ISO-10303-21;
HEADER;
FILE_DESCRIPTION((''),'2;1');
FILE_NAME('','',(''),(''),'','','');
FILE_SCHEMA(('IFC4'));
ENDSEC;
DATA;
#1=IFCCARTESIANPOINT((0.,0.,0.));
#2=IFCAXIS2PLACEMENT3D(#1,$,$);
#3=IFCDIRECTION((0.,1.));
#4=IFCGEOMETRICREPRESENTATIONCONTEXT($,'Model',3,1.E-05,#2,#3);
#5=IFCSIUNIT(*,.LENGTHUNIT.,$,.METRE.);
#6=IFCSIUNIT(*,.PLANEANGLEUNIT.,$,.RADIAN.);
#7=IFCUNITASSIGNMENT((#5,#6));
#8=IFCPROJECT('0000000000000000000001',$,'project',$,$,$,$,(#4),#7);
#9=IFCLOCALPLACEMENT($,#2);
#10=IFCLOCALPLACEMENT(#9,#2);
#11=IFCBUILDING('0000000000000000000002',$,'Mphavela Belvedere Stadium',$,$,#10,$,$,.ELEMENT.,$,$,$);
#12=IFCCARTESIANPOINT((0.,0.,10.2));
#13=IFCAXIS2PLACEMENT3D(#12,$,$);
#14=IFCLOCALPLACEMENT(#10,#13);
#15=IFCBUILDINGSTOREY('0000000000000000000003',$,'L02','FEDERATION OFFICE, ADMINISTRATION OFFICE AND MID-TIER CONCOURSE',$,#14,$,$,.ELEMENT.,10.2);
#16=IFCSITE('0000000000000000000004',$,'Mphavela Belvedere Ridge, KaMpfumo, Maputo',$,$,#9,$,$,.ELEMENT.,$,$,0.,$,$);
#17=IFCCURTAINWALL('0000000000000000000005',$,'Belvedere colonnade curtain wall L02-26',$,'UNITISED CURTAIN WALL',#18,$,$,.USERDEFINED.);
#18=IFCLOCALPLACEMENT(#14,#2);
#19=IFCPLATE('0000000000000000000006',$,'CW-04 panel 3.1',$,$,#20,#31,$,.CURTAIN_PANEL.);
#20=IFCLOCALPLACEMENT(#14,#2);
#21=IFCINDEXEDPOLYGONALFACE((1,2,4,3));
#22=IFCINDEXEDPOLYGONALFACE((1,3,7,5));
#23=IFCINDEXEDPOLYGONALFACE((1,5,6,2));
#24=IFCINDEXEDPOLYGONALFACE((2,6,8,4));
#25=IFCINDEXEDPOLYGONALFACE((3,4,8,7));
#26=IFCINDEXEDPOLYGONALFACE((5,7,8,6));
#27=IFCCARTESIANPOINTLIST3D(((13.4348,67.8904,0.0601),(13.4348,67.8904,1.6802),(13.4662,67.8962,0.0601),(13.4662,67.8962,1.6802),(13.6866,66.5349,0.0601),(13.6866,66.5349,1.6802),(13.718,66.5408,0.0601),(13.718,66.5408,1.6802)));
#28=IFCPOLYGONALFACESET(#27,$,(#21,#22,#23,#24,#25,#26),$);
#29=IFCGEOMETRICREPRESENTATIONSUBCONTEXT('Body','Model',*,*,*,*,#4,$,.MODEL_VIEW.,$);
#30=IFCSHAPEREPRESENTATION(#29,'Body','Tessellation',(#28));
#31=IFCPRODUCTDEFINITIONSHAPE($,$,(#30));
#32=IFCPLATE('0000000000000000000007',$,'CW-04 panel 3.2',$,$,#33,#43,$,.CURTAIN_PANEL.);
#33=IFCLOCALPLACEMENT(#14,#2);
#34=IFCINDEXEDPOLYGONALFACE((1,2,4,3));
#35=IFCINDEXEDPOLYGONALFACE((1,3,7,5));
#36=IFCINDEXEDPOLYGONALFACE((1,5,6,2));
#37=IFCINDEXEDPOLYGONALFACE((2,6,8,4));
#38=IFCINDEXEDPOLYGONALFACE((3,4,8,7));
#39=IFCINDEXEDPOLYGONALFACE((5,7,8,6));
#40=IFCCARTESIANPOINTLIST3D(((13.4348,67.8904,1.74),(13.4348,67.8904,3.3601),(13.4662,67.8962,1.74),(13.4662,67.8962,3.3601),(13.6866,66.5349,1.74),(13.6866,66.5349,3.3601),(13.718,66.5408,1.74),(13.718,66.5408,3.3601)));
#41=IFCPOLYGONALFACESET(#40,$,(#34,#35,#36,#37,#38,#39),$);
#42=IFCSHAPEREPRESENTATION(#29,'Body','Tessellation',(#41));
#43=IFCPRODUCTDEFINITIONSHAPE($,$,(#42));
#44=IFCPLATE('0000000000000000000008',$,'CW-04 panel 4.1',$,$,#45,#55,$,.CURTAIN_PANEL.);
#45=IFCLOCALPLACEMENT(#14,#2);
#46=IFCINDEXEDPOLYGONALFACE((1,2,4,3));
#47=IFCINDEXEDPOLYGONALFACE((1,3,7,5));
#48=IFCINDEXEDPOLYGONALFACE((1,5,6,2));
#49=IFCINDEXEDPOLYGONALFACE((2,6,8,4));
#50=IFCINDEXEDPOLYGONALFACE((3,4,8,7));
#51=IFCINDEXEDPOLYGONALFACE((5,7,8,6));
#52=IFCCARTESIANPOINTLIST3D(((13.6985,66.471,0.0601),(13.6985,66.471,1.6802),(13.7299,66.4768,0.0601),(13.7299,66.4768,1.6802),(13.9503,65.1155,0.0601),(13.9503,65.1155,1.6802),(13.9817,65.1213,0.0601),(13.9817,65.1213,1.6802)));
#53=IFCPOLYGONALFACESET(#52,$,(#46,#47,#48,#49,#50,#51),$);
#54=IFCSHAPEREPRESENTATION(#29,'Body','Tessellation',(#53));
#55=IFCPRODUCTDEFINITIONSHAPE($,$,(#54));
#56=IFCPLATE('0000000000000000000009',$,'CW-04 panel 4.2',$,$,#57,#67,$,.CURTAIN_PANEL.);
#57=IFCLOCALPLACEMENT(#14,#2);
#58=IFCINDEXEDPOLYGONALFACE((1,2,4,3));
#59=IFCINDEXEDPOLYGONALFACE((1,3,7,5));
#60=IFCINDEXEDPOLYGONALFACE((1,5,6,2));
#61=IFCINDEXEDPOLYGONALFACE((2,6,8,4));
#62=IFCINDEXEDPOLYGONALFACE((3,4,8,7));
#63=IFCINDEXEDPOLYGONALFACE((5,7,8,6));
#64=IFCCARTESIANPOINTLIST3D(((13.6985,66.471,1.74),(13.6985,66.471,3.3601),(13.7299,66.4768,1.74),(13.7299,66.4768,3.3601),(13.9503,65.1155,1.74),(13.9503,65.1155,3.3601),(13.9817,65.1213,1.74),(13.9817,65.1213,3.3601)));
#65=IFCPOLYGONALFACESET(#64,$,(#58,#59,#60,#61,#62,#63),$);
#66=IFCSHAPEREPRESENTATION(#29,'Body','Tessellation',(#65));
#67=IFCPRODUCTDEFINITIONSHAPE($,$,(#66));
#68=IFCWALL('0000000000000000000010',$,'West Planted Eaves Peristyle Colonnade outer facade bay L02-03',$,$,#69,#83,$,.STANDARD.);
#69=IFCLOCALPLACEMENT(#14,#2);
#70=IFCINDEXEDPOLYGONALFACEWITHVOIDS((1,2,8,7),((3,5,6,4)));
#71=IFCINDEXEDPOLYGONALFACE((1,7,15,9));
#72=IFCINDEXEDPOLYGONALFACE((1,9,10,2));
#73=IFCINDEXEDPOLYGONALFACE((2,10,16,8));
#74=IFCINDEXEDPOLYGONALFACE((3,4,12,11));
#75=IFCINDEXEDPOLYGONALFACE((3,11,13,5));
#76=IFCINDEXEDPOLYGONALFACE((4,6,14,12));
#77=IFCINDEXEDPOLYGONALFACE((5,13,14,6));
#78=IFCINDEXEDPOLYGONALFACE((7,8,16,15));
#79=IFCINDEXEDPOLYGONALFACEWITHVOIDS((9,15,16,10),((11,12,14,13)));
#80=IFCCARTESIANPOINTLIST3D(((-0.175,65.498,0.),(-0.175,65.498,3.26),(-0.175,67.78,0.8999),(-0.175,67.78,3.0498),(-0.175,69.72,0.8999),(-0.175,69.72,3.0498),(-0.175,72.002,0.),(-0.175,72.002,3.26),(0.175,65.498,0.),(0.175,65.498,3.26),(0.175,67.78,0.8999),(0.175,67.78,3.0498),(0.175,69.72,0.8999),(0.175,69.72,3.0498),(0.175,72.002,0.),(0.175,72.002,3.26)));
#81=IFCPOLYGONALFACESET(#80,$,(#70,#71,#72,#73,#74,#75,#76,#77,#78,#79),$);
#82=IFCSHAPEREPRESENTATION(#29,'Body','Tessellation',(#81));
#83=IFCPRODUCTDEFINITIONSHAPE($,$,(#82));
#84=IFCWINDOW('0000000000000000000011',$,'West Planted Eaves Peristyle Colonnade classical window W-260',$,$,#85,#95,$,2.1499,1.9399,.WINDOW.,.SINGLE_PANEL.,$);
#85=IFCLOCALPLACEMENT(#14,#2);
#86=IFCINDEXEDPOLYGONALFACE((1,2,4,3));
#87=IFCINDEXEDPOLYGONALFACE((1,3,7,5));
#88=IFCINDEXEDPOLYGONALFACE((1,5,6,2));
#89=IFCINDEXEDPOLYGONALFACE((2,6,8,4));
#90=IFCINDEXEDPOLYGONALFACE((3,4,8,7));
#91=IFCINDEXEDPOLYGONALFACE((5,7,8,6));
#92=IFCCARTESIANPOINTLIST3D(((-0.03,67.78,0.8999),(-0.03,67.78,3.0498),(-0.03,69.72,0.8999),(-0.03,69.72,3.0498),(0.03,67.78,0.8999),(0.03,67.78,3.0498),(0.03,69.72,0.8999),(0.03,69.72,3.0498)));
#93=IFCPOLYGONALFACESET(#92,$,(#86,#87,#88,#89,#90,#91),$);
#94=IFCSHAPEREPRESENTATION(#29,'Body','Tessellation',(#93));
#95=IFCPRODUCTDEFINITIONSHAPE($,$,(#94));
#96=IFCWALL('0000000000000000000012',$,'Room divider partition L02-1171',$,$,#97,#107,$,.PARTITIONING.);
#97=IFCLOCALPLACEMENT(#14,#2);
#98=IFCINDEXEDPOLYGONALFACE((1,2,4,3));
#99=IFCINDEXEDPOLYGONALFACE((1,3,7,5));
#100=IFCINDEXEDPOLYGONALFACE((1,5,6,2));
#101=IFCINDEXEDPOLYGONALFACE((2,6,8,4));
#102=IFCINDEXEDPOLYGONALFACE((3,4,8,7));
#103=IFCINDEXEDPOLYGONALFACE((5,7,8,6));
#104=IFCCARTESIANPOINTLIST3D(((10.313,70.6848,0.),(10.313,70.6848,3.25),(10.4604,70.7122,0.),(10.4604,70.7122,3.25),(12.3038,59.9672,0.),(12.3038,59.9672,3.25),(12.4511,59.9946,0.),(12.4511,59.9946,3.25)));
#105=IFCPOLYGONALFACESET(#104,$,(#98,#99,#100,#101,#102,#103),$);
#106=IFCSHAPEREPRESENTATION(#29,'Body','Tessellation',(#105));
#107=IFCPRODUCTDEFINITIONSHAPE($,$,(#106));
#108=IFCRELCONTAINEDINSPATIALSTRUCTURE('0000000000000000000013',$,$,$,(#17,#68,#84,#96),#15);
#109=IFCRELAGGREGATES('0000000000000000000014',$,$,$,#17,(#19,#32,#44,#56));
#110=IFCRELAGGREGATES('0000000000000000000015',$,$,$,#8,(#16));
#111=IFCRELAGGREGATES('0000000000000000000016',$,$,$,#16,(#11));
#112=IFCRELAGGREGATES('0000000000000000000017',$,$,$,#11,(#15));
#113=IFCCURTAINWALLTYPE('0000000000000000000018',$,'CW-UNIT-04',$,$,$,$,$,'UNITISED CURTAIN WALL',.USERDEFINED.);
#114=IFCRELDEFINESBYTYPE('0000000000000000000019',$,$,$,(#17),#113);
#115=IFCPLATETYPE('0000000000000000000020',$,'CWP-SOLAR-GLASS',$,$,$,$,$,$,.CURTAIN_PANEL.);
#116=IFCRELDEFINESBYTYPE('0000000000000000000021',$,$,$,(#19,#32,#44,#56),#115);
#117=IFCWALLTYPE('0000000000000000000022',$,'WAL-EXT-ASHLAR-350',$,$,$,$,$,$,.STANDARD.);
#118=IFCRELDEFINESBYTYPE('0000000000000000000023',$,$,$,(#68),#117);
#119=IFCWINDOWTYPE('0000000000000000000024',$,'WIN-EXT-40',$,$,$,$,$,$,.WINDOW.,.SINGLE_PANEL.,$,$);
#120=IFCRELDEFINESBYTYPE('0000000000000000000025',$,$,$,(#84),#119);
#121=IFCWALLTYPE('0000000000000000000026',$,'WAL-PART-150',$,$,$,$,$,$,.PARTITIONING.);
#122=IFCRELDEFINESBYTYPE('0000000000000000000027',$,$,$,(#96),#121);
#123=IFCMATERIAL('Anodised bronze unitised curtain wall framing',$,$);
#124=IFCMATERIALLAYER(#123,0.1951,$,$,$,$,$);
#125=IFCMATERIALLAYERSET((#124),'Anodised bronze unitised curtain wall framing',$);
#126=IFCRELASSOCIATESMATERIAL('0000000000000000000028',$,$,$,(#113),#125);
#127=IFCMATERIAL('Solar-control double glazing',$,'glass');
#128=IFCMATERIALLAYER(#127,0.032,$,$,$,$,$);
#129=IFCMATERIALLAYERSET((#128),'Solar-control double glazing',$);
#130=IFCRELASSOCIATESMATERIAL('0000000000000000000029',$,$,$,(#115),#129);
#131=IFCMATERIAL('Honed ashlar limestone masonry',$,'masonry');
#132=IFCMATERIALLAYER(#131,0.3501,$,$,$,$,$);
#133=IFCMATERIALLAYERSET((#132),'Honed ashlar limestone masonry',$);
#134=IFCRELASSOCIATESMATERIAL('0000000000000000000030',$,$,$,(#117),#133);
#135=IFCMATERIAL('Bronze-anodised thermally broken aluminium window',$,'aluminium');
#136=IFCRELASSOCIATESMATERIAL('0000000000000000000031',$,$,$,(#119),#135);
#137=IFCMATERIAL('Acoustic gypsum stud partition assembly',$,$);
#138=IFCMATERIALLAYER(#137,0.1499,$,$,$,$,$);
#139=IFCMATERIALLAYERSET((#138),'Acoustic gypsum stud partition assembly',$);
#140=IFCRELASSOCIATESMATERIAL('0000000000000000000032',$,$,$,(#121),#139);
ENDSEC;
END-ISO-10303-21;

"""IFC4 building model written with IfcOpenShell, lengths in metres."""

from ifc_helpers import new_model, si_unit, direction, frame, frame_2d, origin, origin_2d, place, context, subcontext, project, spatial, rectangle, extrude, material, layer, layer_set, type_object, element, fill, aggregate, save


model = new_model("IFC4")

# Units and contexts
model_context = context("Model", 3, precision=1e-05, world=origin(), true_north=direction((0.0, 1.0)))
body_context = subcontext(model_context, "Body", "Model", "MODEL_VIEW")
ifc_project = project(units=[si_unit("LENGTHUNIT", "METRE"), si_unit("PLANEANGLEUNIT", "RADIAN")], contexts=[model_context])

# Site, building, storey
site_placement = place(None, origin())
site = spatial("IfcSite", under=ifc_project, at=site_placement, Name="Mphavela Belvedere Ridge, KaMpfumo, Maputo", CompositionType="ELEMENT", RefElevation=0.0)
building_placement = place(site_placement, origin())
building = spatial("IfcBuilding", under=site, at=building_placement, Name="Mphavela Belvedere Stadium", CompositionType="ELEMENT")
storey_placement = place(building_placement, frame((0.0, 0.0, 10.2)))
storey = spatial("IfcBuildingStorey", under=building, at=storey_placement, Name="L02", Description="FEDERATION OFFICE, ADMINISTRATION OFFICE AND MID-TIER CONCOURSE", CompositionType="ELEMENT", Elevation=10.2)

# Curtain wall, plates
ifc_material_1 = material(Name="Anodised bronze unitised curtain wall framing")
ifc_layer_1 = layer(ifc_material_1, 0.1951)
ifc_layer_set_1 = layer_set([ifc_layer_1], Name="Anodised bronze unitised curtain wall framing")
curtain_wall_type = type_object("IfcCurtainWallType", Name="CW-UNIT-04", ElementType="UNITISED CURTAIN WALL", PredefinedType="USERDEFINED", material=ifc_layer_set_1)
curtain_wall_placement = place(storey_placement, origin())
curtain_wall = element("IfcCurtainWall", 1, at=curtain_wall_placement, inside=storey, type_object=curtain_wall_type, Name="Belvedere colonnade curtain wall L02-26", ObjectType="UNITISED CURTAIN WALL", PredefinedType="USERDEFINED")
ifc_material_2 = material(Name="Solar-control double glazing", Category="glass")
ifc_layer_2 = layer(ifc_material_2, 0.032)
ifc_layer_set_2 = layer_set([ifc_layer_2], Name="Solar-control double glazing")
plate_type = type_object("IfcPlateType", Name="CWP-SOLAR-GLASS", PredefinedType="CURTAIN_PANEL", material=ifc_layer_set_2)
plate_1_placement = place(storey_placement, frame((13.5764, 67.2156, 0.0601), z_axis=(0.0, 0.0, 1.0), x_axis=(0.182625, -0.983183, 0.0)))
plate_1 = element("IfcPlate", 2, at=plate_1_placement, type_object=plate_type, Name="CW-04 panel 3.1", PredefinedType="CURTAIN_PANEL", context=body_context, shape_type="SweptSolid", body=[
    extrude(rectangle(XDim=1.3787, YDim=0.032, at=origin_2d()), origin(), (0.0, 0.0, 1.0), 1.6201),
])
plate_2_placement = place(storey_placement, frame((13.5764, 67.2156, 1.74), z_axis=(0.0, 0.0, 1.0), x_axis=(0.182625, -0.983183, 0.0)))
plate_2 = element("IfcPlate", 3, at=plate_2_placement, type_object=plate_type, Name="CW-04 panel 3.2", PredefinedType="CURTAIN_PANEL", context=body_context, shape_type="SweptSolid", body=[
    extrude(rectangle(XDim=1.3787, YDim=0.032, at=origin_2d()), origin(), (0.0, 0.0, 1.0), 1.6201),
])
plate_3_placement = place(storey_placement, frame((13.8401, 65.7961, 0.0601), z_axis=(0.0, 0.0, 1.0), x_axis=(0.182625, -0.983183, 0.0)))
plate_3 = element("IfcPlate", 4, at=plate_3_placement, type_object=plate_type, Name="CW-04 panel 4.1", PredefinedType="CURTAIN_PANEL", context=body_context, shape_type="SweptSolid", body=[
    extrude(rectangle(XDim=1.3787, YDim=0.032, at=origin_2d()), origin(), (0.0, 0.0, 1.0), 1.6201),
])
plate_4_placement = place(storey_placement, frame((13.8401, 65.7961, 1.74), z_axis=(0.0, 0.0, 1.0), x_axis=(0.182625, -0.983183, 0.0)))
plate_4 = element("IfcPlate", 5, at=plate_4_placement, type_object=plate_type, Name="CW-04 panel 4.2", PredefinedType="CURTAIN_PANEL", context=body_context, shape_type="SweptSolid", body=[
    extrude(rectangle(XDim=1.3787, YDim=0.032, at=origin_2d()), origin(), (0.0, 0.0, 1.0), 1.6201),
])
aggregate(curtain_wall, [plate_1, plate_2, plate_3, plate_4])

# Wall, opening, window
ifc_material_3 = material(Name="Honed ashlar limestone masonry", Category="masonry")
ifc_layer_3 = layer(ifc_material_3, 0.3501)
ifc_layer_set_3 = layer_set([ifc_layer_3], Name="Honed ashlar limestone masonry")
wall_type_1 = type_object("IfcWallType", Name="WAL-EXT-ASHLAR-350", PredefinedType="STANDARD", material=ifc_layer_set_3)
wall_1_placement = place(storey_placement, frame((0.0, 65.498, 0.0), z_axis=(0.0, 0.0, 1.0), x_axis=(0.0, 1.0, 0.0)))
wall_1 = element("IfcWall", 6, at=wall_1_placement, inside=storey, type_object=wall_type_1, Name="West Planted Eaves Peristyle Colonnade outer facade bay L02-03", PredefinedType="STANDARD", context=body_context, shape_type="SweptSolid", body=[
    extrude(rectangle(XDim=6.5039, YDim=0.3501, at=frame_2d((3.252, 0.0))), origin(), (0.0, 0.0, 1.0), 3.26),
])
opening_placement = place(wall_1_placement, frame((2.282, 0.0, 0.8999)))
opening = element("IfcOpeningElement", 7, at=opening_placement, cuts=wall_1, PredefinedType="OPENING", context=body_context, shape_type="SweptSolid", body=[
    extrude(rectangle(XDim=1.9399, YDim=2.1499, at=frame_2d((0.97, 1.075))), frame((0.0, 0.1851, 0.0), z_axis=(0.0, -1.0, 0.0), x_axis=(1.0, 0.0, 0.0)), (0.0, 0.0, 1.0), 0.3701),
])
ifc_material_4 = material(Name="Bronze-anodised thermally broken aluminium window", Category="aluminium")
window_type = type_object("IfcWindowType", Name="WIN-EXT-40", PartitioningType="SINGLE_PANEL", PredefinedType="WINDOW", material=ifc_material_4)
window_placement = place(opening_placement, origin())
window = element("IfcWindow", 8, at=window_placement, inside=storey, type_object=window_type, Name="West Planted Eaves Peristyle Colonnade classical window W-260", OverallHeight=2.1499, OverallWidth=1.9399, PartitioningType="SINGLE_PANEL", PredefinedType="WINDOW", context=body_context, shape_type="SweptSolid", body=[
    extrude(rectangle(XDim=1.9399, YDim=2.1499, at=frame_2d((0.97, 1.075))), frame((0.0, 0.03, 0.0), z_axis=(0.0, -1.0, 0.0), x_axis=(1.0, 0.0, 0.0)), (0.0, 0.0, 1.0), 0.0601),
])
fill(opening, window)

# Wall
ifc_material_5 = material(Name="Acoustic gypsum stud partition assembly")
ifc_layer_4 = layer(ifc_material_5, 0.1499)
ifc_layer_set_4 = layer_set([ifc_layer_4], Name="Acoustic gypsum stud partition assembly")
wall_type_2 = type_object("IfcWallType", Name="WAL-PART-150", PredefinedType="PARTITIONING", material=ifc_layer_set_4)
wall_2_placement = place(storey_placement, frame((10.3867, 70.6985, 0.0), z_axis=(0.0, 0.0, 1.0), x_axis=(0.182621, -0.983183, 0.0)))
element("IfcWall", 9, at=wall_2_placement, inside=storey, type_object=wall_type_2, Name="Room divider partition L02-1171", PredefinedType="PARTITIONING", context=body_context, shape_type="SweptSolid", body=[
    extrude(rectangle(XDim=10.9009, YDim=0.1499, at=frame_2d((5.4504, 0.0))), origin(), (0.0, 0.0, 1.0), 3.25),
])

save(model, "model.ifc")
